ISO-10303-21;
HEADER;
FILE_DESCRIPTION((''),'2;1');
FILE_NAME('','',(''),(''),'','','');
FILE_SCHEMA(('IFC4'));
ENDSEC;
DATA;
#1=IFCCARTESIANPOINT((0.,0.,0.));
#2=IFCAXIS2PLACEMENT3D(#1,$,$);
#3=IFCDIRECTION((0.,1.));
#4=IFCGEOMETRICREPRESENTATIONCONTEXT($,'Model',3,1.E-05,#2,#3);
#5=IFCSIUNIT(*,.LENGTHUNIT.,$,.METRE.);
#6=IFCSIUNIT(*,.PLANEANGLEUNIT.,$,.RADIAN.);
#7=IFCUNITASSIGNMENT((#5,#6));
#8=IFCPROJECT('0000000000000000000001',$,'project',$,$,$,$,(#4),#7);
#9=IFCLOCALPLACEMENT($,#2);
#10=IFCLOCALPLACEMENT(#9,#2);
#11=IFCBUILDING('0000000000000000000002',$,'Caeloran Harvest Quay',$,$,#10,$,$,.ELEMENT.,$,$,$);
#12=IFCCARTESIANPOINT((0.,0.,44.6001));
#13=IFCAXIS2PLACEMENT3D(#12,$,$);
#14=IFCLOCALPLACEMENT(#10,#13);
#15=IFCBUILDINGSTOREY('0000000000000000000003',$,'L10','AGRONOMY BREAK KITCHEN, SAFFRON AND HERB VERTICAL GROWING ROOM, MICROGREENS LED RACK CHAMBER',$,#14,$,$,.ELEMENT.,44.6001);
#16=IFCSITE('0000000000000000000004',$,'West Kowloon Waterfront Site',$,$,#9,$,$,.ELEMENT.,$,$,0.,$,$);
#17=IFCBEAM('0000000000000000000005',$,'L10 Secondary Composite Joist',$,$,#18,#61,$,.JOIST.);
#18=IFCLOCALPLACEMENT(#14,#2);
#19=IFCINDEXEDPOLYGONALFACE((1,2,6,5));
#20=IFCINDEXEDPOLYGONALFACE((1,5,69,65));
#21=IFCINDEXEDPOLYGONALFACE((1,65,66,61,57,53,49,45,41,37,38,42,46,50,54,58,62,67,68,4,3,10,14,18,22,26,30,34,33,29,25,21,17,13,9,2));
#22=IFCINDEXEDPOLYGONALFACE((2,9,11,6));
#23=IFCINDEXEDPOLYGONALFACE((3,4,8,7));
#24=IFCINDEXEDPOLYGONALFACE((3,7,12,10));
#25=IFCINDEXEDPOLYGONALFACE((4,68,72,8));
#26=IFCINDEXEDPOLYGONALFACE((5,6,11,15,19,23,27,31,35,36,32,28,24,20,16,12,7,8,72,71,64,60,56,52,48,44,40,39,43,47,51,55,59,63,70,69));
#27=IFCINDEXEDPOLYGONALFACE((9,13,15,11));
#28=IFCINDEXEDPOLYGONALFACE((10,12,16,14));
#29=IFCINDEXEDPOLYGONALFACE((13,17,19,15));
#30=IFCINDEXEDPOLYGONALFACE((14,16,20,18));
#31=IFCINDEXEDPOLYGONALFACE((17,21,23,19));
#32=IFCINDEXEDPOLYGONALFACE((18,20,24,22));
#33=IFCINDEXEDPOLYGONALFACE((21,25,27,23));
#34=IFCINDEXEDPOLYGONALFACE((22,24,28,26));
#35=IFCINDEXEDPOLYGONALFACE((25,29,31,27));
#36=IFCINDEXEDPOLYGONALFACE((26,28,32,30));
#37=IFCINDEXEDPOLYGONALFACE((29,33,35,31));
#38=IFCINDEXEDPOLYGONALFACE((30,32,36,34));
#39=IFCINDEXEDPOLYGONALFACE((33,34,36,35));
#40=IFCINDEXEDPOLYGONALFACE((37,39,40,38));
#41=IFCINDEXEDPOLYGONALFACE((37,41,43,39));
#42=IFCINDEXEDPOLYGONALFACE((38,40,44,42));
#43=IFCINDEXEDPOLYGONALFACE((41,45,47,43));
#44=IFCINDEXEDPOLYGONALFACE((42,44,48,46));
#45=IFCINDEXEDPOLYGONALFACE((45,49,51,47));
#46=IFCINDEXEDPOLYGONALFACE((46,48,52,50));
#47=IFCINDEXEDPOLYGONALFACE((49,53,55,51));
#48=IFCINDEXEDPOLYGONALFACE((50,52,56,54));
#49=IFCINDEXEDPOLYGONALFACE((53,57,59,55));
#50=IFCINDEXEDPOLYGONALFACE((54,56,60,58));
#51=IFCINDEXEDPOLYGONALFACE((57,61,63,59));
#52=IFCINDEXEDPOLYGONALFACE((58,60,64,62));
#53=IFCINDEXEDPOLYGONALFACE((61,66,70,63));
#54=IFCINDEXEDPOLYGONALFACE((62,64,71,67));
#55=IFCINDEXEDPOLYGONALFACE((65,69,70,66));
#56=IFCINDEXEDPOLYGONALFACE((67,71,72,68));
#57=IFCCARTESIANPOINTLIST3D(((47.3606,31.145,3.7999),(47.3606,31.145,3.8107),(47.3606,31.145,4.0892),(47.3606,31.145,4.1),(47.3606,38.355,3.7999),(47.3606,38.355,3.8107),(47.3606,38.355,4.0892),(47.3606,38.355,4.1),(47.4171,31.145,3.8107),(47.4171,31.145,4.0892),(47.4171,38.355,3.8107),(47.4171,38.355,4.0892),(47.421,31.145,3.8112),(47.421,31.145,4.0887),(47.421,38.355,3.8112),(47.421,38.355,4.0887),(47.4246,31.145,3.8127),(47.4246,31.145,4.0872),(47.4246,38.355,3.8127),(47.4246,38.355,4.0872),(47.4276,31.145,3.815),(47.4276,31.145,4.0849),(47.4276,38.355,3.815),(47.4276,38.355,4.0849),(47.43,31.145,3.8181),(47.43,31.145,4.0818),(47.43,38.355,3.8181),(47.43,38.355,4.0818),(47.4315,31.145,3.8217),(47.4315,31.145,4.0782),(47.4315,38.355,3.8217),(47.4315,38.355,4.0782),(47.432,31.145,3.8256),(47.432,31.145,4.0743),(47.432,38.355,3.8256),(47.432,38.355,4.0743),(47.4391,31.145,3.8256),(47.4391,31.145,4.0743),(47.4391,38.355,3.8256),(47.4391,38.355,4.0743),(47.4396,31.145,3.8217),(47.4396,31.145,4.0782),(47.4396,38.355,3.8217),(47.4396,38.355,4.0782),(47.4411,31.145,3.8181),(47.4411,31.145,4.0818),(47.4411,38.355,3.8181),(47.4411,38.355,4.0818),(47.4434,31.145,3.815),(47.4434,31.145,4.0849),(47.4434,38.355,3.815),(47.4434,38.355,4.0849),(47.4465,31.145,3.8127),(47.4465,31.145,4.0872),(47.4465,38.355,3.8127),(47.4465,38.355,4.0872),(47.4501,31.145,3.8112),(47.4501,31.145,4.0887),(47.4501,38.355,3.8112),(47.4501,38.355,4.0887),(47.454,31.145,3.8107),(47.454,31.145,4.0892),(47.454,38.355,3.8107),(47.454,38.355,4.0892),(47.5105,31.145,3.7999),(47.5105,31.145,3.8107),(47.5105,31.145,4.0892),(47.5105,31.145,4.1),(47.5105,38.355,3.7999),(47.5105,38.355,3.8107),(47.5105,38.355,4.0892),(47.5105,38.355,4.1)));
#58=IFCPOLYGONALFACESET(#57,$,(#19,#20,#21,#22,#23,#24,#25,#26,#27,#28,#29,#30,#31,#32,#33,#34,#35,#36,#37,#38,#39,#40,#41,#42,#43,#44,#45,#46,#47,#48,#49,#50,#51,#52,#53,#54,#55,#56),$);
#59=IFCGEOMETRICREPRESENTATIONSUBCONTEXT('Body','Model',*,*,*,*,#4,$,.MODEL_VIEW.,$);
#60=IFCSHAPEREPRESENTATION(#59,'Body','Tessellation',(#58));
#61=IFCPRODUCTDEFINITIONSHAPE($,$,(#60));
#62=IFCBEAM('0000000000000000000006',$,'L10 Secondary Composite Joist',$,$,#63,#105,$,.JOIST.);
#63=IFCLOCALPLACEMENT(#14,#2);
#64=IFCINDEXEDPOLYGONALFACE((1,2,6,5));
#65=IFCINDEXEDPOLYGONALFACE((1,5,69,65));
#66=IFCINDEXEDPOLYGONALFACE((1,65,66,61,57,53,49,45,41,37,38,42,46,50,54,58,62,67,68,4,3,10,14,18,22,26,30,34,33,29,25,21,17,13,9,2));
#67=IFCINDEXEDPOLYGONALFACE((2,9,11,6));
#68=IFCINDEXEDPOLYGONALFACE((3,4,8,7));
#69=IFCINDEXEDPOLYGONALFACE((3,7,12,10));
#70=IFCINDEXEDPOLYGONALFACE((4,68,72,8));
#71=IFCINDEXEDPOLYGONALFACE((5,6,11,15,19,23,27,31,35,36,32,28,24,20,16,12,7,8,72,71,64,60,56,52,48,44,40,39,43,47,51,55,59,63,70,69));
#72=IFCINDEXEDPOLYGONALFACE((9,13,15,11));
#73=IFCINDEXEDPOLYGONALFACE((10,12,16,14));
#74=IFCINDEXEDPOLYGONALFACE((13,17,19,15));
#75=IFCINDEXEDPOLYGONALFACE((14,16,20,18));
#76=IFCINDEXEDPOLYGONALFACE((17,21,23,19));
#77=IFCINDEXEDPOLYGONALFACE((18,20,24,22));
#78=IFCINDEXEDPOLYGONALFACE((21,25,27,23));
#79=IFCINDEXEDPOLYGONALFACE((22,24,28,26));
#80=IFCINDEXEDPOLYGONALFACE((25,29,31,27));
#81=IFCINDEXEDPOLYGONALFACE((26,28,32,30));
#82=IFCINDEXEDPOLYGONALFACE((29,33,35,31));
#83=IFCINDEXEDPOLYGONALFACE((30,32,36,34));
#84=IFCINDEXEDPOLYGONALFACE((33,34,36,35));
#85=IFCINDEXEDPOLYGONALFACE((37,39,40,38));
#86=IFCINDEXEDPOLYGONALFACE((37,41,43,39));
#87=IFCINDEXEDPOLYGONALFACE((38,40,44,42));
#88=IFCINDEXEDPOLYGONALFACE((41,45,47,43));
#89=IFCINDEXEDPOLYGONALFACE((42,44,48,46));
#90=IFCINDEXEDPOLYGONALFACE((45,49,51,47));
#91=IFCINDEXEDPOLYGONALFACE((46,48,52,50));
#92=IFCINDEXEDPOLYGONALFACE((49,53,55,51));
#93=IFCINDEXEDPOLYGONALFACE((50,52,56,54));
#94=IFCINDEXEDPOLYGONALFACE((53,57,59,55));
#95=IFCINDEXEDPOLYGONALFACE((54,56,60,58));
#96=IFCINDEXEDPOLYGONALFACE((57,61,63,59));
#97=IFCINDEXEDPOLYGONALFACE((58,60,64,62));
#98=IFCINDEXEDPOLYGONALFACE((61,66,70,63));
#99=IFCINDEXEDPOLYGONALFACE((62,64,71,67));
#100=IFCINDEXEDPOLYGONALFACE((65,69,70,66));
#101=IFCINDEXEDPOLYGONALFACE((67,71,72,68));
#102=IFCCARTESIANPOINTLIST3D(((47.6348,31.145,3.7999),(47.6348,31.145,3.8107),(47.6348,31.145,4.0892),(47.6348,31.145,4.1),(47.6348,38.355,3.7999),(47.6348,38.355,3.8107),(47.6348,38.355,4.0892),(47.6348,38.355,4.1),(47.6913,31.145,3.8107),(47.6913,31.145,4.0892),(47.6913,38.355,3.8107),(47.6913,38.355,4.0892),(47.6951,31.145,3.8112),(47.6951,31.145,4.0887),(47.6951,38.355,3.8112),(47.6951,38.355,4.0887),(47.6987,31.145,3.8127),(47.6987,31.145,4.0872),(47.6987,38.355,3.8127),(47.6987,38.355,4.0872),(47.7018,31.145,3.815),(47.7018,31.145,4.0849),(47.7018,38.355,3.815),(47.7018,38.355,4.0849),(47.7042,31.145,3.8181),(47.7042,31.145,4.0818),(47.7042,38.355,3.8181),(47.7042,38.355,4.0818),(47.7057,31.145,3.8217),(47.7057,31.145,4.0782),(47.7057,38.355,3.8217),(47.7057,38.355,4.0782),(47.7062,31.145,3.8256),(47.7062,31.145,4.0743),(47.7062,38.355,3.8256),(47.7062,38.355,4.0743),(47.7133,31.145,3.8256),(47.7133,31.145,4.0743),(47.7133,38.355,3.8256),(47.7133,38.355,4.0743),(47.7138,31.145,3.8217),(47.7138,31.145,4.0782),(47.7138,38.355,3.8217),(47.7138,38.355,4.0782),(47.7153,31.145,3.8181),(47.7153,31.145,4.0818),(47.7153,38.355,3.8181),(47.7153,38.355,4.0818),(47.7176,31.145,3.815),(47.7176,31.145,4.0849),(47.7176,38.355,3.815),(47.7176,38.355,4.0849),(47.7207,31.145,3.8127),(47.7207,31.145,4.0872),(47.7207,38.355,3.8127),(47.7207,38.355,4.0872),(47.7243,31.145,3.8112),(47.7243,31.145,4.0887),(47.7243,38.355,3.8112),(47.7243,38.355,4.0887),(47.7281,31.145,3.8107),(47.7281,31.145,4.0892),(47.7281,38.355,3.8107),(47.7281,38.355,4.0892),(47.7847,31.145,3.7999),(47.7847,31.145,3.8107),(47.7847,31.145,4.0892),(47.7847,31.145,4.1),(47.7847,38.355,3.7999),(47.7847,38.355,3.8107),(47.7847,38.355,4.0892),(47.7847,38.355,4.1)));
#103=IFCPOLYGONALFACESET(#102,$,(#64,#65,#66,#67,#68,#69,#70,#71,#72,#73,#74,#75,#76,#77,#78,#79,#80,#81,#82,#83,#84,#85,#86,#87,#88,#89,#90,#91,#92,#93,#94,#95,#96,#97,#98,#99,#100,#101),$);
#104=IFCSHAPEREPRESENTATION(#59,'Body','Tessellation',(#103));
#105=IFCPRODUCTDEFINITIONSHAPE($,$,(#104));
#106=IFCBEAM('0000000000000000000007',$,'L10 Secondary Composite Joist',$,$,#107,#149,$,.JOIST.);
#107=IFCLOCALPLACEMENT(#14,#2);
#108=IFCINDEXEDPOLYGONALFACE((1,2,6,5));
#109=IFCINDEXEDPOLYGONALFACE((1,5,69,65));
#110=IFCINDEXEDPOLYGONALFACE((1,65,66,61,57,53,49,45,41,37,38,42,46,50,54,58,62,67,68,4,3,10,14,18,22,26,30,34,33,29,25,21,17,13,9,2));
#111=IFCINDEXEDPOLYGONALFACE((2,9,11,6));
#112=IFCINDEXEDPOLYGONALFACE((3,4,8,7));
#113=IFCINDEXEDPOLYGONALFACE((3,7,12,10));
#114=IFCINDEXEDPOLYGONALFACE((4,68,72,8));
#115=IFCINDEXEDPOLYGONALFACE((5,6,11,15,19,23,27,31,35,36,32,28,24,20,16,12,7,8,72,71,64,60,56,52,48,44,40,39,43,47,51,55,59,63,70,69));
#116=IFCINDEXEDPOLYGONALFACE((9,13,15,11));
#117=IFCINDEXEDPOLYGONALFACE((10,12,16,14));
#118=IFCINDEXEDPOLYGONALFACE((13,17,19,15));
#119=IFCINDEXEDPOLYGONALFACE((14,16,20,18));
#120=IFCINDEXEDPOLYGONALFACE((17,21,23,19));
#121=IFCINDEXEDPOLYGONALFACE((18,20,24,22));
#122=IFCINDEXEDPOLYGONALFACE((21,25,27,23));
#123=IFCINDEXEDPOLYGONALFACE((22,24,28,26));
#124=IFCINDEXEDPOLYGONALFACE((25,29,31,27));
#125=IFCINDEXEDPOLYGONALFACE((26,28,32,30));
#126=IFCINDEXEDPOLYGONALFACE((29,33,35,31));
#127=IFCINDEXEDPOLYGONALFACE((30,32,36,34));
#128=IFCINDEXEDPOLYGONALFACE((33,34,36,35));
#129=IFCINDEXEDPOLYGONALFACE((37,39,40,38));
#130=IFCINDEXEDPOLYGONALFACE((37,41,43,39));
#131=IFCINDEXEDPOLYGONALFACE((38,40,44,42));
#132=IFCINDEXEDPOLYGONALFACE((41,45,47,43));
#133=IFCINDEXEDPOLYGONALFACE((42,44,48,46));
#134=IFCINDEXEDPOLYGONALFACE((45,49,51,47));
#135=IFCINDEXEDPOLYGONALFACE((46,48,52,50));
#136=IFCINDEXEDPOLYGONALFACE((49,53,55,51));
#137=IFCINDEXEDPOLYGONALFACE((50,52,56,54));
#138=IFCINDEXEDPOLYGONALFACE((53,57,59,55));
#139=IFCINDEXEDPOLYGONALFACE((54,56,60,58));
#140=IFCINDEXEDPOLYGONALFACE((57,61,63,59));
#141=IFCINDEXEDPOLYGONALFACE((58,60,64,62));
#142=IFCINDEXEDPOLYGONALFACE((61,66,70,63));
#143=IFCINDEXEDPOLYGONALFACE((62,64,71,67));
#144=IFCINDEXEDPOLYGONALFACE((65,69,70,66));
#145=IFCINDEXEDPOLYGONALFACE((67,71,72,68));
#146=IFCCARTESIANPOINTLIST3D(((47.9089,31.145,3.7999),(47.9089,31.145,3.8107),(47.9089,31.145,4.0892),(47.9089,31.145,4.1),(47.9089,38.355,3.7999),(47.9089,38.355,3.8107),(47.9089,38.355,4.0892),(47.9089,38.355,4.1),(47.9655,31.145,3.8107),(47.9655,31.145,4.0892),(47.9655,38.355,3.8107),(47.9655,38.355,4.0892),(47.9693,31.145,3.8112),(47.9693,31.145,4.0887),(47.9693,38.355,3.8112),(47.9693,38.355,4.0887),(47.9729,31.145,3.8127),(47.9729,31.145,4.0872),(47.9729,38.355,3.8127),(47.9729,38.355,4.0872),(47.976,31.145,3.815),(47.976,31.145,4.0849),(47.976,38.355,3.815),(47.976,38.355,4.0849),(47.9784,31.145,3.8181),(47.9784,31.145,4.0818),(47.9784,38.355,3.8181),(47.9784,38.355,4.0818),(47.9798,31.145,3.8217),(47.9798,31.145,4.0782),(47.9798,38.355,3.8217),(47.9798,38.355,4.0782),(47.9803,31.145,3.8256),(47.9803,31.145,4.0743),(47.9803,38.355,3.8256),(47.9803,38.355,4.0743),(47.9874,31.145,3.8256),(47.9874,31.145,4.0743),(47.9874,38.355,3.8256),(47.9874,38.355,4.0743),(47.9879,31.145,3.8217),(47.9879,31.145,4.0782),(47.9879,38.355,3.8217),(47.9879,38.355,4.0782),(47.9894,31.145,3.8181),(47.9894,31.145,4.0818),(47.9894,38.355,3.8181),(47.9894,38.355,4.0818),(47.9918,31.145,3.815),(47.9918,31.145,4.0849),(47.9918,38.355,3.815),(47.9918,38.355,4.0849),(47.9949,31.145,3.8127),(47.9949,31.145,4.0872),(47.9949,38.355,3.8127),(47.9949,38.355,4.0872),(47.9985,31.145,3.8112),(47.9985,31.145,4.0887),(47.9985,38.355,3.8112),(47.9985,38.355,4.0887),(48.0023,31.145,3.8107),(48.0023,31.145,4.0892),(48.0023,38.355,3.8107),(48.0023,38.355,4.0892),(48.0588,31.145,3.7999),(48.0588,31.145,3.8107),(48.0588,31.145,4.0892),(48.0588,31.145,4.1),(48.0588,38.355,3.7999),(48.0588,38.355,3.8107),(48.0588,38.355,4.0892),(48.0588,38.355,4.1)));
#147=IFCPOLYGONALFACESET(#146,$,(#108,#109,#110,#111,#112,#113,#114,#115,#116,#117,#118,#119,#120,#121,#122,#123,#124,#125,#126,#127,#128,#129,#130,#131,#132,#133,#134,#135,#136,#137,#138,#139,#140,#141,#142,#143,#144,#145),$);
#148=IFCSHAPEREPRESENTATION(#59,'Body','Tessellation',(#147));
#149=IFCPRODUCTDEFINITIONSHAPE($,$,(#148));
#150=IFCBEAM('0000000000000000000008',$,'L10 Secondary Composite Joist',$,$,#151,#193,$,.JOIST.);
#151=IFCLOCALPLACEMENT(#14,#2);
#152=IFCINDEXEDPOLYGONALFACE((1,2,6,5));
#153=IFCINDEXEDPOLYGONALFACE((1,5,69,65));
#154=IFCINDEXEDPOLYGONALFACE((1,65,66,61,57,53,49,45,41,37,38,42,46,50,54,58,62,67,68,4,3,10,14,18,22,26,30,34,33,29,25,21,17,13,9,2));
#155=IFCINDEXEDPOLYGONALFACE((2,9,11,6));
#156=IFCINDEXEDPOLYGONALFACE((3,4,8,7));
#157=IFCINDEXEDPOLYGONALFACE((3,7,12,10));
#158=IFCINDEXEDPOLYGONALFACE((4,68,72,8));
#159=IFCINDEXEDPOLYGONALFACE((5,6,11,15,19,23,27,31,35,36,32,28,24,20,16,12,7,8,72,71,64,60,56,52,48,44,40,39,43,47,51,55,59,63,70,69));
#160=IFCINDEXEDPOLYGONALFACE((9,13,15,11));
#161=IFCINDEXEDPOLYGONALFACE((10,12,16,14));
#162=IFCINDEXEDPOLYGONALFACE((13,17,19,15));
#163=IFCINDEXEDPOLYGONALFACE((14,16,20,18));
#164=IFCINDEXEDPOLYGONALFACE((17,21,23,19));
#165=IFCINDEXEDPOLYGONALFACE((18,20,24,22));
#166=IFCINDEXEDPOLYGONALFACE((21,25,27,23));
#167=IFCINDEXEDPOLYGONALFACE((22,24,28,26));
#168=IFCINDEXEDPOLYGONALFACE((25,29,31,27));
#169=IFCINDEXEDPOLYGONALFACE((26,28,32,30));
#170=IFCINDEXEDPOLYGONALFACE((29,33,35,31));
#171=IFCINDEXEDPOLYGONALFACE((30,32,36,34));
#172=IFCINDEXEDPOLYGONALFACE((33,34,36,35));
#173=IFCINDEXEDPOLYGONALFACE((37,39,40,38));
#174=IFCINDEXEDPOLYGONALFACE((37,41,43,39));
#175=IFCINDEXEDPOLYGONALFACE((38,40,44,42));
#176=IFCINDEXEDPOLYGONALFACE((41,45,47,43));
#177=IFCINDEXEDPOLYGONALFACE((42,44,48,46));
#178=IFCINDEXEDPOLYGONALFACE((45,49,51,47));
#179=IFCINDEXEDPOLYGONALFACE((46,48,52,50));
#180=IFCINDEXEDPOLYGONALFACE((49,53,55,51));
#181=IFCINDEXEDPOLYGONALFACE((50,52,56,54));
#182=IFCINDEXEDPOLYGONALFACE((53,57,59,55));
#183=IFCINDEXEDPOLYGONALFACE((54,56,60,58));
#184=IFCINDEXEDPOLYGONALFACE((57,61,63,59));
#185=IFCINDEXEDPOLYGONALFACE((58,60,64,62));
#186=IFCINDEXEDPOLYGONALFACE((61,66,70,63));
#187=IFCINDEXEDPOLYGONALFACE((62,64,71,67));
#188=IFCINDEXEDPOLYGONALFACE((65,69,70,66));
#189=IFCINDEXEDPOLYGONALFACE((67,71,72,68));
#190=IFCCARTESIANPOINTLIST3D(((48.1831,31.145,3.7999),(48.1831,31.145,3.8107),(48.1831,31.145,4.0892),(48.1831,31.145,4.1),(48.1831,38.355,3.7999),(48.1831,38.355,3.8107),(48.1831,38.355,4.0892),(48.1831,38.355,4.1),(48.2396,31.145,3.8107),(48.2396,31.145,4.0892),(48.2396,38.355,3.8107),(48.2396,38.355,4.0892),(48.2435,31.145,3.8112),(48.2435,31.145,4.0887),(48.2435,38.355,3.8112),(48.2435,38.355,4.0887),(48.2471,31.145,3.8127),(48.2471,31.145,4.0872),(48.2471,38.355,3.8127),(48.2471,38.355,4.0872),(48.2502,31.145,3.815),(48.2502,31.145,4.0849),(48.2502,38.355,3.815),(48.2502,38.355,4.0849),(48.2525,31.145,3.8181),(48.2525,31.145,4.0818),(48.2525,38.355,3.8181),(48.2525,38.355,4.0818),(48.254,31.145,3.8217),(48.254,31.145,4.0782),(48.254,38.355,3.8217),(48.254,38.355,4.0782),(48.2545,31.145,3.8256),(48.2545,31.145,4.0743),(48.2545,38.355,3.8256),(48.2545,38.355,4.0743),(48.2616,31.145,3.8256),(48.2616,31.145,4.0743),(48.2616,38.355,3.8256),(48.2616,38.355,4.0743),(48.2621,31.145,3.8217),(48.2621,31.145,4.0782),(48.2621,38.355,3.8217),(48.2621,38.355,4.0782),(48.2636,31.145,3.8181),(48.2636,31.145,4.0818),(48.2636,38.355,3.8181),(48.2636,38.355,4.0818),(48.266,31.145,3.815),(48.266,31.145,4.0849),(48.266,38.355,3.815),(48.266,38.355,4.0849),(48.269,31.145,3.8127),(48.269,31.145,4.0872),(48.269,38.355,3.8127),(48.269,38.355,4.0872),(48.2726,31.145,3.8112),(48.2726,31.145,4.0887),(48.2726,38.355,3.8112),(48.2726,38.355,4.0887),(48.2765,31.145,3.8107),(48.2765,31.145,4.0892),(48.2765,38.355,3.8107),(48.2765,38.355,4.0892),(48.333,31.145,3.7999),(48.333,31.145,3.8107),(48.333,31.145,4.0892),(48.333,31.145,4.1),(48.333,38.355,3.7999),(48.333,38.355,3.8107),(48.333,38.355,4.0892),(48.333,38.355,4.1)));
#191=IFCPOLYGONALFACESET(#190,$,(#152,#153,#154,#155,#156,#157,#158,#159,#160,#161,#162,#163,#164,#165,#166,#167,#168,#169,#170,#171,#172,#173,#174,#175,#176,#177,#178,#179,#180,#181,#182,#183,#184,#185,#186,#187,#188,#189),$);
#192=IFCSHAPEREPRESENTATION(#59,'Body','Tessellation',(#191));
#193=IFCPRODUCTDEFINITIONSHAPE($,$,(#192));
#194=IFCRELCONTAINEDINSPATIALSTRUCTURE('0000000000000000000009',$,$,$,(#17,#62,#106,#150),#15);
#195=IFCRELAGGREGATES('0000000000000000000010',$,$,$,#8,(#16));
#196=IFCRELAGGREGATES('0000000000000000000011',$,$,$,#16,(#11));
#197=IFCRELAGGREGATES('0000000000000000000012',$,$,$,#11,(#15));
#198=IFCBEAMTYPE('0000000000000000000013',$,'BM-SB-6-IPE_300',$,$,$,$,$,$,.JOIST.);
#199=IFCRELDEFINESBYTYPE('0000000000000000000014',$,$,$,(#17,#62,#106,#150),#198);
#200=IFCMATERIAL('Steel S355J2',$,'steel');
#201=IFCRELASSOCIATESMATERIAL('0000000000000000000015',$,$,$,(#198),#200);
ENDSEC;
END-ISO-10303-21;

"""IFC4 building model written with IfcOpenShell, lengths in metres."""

from ifc_helpers import new_model, si_unit, direction, frame, origin, origin_2d, place, context, subcontext, project, spatial, i_section, extrude, material, material_profile, profile_set, type_object, element, save


model = new_model("IFC4")

# Units and contexts
model_context = context("Model", 3, precision=1e-05, world=origin(), true_north=direction((0.0, 1.0)))
body_context = subcontext(model_context, "Body", "Model", "MODEL_VIEW")
ifc_project = project(units=[si_unit("LENGTHUNIT", "METRE"), si_unit("PLANEANGLEUNIT", "RADIAN")], contexts=[model_context])

# Site, building, storey
site_placement = place(None, origin())
site = spatial("IfcSite", under=ifc_project, at=site_placement, Name="West Kowloon Waterfront Site", CompositionType="ELEMENT", RefElevation=0.0)
building_placement = place(site_placement, origin())
building = spatial("IfcBuilding", under=site, at=building_placement, Name="Caeloran Harvest Quay", CompositionType="ELEMENT")
storey_placement = place(building_placement, frame((0.0, 0.0, 44.6001)))
storey = spatial("IfcBuildingStorey", under=building, at=storey_placement, Name="L10", Description="AGRONOMY BREAK KITCHEN, SAFFRON AND HERB VERTICAL GROWING ROOM, MICROGREENS LED RACK CHAMBER", CompositionType="ELEMENT", Elevation=44.6001)

# Beams
ifc_material_1 = material(Name="Steel S355J2", Category="steel")
ifc_material_profile_1 = material_profile(ifc_material_1, i_section(OverallWidth=0.1499, OverallDepth=0.3, WebThickness=0.0071, FlangeThickness=0.0107, FilletRadius=0.0149, at=origin_2d()), Name="IPE 300")
ifc_profile_set_1 = profile_set([ifc_material_profile_1], Name="Steel S355J2")
beam_type_1 = type_object("IfcBeamType", Name="BM-SB-6-IPE_300", PredefinedType="JOIST", material=ifc_profile_set_1)
for number, where, z_axis, x_axis, name in (
    (1, (47.4355, 31.145, 3.95), (0.0, 1.0, 0.0), (-1.0, 0.0, 0.0), "L10 Secondary Composite Joist"),
    (2, (47.7097, 31.145, 3.95), (0.0, 1.0, 0.0), (-1.0, 0.0, 0.0), "L10 Secondary Composite Joist"),
    (3, (47.9839, 31.145, 3.95), (0.0, 1.0, 0.0), (-1.0, 0.0, 0.0), "L10 Secondary Composite Joist"),
    (4, (48.2581, 31.145, 3.95), (0.0, 1.0, 0.0), (-1.0, 0.0, 0.0), "L10 Secondary Composite Joist"),
):
    element("IfcBeam", number, at=place(storey_placement, frame(where, z_axis=z_axis, x_axis=x_axis)), inside=storey, type_object=beam_type_1, Name=name, PredefinedType="JOIST", context=body_context, shape_type="SweptSolid", body=[
        extrude(i_section(OverallWidth=0.1499, OverallDepth=0.3, WebThickness=0.0071, FlangeThickness=0.0107, FilletRadius=0.0149, at=origin_2d()), origin(), (0.0, 0.0, 1.0), 7.21),
    ])

save(model, "model.ifc")
